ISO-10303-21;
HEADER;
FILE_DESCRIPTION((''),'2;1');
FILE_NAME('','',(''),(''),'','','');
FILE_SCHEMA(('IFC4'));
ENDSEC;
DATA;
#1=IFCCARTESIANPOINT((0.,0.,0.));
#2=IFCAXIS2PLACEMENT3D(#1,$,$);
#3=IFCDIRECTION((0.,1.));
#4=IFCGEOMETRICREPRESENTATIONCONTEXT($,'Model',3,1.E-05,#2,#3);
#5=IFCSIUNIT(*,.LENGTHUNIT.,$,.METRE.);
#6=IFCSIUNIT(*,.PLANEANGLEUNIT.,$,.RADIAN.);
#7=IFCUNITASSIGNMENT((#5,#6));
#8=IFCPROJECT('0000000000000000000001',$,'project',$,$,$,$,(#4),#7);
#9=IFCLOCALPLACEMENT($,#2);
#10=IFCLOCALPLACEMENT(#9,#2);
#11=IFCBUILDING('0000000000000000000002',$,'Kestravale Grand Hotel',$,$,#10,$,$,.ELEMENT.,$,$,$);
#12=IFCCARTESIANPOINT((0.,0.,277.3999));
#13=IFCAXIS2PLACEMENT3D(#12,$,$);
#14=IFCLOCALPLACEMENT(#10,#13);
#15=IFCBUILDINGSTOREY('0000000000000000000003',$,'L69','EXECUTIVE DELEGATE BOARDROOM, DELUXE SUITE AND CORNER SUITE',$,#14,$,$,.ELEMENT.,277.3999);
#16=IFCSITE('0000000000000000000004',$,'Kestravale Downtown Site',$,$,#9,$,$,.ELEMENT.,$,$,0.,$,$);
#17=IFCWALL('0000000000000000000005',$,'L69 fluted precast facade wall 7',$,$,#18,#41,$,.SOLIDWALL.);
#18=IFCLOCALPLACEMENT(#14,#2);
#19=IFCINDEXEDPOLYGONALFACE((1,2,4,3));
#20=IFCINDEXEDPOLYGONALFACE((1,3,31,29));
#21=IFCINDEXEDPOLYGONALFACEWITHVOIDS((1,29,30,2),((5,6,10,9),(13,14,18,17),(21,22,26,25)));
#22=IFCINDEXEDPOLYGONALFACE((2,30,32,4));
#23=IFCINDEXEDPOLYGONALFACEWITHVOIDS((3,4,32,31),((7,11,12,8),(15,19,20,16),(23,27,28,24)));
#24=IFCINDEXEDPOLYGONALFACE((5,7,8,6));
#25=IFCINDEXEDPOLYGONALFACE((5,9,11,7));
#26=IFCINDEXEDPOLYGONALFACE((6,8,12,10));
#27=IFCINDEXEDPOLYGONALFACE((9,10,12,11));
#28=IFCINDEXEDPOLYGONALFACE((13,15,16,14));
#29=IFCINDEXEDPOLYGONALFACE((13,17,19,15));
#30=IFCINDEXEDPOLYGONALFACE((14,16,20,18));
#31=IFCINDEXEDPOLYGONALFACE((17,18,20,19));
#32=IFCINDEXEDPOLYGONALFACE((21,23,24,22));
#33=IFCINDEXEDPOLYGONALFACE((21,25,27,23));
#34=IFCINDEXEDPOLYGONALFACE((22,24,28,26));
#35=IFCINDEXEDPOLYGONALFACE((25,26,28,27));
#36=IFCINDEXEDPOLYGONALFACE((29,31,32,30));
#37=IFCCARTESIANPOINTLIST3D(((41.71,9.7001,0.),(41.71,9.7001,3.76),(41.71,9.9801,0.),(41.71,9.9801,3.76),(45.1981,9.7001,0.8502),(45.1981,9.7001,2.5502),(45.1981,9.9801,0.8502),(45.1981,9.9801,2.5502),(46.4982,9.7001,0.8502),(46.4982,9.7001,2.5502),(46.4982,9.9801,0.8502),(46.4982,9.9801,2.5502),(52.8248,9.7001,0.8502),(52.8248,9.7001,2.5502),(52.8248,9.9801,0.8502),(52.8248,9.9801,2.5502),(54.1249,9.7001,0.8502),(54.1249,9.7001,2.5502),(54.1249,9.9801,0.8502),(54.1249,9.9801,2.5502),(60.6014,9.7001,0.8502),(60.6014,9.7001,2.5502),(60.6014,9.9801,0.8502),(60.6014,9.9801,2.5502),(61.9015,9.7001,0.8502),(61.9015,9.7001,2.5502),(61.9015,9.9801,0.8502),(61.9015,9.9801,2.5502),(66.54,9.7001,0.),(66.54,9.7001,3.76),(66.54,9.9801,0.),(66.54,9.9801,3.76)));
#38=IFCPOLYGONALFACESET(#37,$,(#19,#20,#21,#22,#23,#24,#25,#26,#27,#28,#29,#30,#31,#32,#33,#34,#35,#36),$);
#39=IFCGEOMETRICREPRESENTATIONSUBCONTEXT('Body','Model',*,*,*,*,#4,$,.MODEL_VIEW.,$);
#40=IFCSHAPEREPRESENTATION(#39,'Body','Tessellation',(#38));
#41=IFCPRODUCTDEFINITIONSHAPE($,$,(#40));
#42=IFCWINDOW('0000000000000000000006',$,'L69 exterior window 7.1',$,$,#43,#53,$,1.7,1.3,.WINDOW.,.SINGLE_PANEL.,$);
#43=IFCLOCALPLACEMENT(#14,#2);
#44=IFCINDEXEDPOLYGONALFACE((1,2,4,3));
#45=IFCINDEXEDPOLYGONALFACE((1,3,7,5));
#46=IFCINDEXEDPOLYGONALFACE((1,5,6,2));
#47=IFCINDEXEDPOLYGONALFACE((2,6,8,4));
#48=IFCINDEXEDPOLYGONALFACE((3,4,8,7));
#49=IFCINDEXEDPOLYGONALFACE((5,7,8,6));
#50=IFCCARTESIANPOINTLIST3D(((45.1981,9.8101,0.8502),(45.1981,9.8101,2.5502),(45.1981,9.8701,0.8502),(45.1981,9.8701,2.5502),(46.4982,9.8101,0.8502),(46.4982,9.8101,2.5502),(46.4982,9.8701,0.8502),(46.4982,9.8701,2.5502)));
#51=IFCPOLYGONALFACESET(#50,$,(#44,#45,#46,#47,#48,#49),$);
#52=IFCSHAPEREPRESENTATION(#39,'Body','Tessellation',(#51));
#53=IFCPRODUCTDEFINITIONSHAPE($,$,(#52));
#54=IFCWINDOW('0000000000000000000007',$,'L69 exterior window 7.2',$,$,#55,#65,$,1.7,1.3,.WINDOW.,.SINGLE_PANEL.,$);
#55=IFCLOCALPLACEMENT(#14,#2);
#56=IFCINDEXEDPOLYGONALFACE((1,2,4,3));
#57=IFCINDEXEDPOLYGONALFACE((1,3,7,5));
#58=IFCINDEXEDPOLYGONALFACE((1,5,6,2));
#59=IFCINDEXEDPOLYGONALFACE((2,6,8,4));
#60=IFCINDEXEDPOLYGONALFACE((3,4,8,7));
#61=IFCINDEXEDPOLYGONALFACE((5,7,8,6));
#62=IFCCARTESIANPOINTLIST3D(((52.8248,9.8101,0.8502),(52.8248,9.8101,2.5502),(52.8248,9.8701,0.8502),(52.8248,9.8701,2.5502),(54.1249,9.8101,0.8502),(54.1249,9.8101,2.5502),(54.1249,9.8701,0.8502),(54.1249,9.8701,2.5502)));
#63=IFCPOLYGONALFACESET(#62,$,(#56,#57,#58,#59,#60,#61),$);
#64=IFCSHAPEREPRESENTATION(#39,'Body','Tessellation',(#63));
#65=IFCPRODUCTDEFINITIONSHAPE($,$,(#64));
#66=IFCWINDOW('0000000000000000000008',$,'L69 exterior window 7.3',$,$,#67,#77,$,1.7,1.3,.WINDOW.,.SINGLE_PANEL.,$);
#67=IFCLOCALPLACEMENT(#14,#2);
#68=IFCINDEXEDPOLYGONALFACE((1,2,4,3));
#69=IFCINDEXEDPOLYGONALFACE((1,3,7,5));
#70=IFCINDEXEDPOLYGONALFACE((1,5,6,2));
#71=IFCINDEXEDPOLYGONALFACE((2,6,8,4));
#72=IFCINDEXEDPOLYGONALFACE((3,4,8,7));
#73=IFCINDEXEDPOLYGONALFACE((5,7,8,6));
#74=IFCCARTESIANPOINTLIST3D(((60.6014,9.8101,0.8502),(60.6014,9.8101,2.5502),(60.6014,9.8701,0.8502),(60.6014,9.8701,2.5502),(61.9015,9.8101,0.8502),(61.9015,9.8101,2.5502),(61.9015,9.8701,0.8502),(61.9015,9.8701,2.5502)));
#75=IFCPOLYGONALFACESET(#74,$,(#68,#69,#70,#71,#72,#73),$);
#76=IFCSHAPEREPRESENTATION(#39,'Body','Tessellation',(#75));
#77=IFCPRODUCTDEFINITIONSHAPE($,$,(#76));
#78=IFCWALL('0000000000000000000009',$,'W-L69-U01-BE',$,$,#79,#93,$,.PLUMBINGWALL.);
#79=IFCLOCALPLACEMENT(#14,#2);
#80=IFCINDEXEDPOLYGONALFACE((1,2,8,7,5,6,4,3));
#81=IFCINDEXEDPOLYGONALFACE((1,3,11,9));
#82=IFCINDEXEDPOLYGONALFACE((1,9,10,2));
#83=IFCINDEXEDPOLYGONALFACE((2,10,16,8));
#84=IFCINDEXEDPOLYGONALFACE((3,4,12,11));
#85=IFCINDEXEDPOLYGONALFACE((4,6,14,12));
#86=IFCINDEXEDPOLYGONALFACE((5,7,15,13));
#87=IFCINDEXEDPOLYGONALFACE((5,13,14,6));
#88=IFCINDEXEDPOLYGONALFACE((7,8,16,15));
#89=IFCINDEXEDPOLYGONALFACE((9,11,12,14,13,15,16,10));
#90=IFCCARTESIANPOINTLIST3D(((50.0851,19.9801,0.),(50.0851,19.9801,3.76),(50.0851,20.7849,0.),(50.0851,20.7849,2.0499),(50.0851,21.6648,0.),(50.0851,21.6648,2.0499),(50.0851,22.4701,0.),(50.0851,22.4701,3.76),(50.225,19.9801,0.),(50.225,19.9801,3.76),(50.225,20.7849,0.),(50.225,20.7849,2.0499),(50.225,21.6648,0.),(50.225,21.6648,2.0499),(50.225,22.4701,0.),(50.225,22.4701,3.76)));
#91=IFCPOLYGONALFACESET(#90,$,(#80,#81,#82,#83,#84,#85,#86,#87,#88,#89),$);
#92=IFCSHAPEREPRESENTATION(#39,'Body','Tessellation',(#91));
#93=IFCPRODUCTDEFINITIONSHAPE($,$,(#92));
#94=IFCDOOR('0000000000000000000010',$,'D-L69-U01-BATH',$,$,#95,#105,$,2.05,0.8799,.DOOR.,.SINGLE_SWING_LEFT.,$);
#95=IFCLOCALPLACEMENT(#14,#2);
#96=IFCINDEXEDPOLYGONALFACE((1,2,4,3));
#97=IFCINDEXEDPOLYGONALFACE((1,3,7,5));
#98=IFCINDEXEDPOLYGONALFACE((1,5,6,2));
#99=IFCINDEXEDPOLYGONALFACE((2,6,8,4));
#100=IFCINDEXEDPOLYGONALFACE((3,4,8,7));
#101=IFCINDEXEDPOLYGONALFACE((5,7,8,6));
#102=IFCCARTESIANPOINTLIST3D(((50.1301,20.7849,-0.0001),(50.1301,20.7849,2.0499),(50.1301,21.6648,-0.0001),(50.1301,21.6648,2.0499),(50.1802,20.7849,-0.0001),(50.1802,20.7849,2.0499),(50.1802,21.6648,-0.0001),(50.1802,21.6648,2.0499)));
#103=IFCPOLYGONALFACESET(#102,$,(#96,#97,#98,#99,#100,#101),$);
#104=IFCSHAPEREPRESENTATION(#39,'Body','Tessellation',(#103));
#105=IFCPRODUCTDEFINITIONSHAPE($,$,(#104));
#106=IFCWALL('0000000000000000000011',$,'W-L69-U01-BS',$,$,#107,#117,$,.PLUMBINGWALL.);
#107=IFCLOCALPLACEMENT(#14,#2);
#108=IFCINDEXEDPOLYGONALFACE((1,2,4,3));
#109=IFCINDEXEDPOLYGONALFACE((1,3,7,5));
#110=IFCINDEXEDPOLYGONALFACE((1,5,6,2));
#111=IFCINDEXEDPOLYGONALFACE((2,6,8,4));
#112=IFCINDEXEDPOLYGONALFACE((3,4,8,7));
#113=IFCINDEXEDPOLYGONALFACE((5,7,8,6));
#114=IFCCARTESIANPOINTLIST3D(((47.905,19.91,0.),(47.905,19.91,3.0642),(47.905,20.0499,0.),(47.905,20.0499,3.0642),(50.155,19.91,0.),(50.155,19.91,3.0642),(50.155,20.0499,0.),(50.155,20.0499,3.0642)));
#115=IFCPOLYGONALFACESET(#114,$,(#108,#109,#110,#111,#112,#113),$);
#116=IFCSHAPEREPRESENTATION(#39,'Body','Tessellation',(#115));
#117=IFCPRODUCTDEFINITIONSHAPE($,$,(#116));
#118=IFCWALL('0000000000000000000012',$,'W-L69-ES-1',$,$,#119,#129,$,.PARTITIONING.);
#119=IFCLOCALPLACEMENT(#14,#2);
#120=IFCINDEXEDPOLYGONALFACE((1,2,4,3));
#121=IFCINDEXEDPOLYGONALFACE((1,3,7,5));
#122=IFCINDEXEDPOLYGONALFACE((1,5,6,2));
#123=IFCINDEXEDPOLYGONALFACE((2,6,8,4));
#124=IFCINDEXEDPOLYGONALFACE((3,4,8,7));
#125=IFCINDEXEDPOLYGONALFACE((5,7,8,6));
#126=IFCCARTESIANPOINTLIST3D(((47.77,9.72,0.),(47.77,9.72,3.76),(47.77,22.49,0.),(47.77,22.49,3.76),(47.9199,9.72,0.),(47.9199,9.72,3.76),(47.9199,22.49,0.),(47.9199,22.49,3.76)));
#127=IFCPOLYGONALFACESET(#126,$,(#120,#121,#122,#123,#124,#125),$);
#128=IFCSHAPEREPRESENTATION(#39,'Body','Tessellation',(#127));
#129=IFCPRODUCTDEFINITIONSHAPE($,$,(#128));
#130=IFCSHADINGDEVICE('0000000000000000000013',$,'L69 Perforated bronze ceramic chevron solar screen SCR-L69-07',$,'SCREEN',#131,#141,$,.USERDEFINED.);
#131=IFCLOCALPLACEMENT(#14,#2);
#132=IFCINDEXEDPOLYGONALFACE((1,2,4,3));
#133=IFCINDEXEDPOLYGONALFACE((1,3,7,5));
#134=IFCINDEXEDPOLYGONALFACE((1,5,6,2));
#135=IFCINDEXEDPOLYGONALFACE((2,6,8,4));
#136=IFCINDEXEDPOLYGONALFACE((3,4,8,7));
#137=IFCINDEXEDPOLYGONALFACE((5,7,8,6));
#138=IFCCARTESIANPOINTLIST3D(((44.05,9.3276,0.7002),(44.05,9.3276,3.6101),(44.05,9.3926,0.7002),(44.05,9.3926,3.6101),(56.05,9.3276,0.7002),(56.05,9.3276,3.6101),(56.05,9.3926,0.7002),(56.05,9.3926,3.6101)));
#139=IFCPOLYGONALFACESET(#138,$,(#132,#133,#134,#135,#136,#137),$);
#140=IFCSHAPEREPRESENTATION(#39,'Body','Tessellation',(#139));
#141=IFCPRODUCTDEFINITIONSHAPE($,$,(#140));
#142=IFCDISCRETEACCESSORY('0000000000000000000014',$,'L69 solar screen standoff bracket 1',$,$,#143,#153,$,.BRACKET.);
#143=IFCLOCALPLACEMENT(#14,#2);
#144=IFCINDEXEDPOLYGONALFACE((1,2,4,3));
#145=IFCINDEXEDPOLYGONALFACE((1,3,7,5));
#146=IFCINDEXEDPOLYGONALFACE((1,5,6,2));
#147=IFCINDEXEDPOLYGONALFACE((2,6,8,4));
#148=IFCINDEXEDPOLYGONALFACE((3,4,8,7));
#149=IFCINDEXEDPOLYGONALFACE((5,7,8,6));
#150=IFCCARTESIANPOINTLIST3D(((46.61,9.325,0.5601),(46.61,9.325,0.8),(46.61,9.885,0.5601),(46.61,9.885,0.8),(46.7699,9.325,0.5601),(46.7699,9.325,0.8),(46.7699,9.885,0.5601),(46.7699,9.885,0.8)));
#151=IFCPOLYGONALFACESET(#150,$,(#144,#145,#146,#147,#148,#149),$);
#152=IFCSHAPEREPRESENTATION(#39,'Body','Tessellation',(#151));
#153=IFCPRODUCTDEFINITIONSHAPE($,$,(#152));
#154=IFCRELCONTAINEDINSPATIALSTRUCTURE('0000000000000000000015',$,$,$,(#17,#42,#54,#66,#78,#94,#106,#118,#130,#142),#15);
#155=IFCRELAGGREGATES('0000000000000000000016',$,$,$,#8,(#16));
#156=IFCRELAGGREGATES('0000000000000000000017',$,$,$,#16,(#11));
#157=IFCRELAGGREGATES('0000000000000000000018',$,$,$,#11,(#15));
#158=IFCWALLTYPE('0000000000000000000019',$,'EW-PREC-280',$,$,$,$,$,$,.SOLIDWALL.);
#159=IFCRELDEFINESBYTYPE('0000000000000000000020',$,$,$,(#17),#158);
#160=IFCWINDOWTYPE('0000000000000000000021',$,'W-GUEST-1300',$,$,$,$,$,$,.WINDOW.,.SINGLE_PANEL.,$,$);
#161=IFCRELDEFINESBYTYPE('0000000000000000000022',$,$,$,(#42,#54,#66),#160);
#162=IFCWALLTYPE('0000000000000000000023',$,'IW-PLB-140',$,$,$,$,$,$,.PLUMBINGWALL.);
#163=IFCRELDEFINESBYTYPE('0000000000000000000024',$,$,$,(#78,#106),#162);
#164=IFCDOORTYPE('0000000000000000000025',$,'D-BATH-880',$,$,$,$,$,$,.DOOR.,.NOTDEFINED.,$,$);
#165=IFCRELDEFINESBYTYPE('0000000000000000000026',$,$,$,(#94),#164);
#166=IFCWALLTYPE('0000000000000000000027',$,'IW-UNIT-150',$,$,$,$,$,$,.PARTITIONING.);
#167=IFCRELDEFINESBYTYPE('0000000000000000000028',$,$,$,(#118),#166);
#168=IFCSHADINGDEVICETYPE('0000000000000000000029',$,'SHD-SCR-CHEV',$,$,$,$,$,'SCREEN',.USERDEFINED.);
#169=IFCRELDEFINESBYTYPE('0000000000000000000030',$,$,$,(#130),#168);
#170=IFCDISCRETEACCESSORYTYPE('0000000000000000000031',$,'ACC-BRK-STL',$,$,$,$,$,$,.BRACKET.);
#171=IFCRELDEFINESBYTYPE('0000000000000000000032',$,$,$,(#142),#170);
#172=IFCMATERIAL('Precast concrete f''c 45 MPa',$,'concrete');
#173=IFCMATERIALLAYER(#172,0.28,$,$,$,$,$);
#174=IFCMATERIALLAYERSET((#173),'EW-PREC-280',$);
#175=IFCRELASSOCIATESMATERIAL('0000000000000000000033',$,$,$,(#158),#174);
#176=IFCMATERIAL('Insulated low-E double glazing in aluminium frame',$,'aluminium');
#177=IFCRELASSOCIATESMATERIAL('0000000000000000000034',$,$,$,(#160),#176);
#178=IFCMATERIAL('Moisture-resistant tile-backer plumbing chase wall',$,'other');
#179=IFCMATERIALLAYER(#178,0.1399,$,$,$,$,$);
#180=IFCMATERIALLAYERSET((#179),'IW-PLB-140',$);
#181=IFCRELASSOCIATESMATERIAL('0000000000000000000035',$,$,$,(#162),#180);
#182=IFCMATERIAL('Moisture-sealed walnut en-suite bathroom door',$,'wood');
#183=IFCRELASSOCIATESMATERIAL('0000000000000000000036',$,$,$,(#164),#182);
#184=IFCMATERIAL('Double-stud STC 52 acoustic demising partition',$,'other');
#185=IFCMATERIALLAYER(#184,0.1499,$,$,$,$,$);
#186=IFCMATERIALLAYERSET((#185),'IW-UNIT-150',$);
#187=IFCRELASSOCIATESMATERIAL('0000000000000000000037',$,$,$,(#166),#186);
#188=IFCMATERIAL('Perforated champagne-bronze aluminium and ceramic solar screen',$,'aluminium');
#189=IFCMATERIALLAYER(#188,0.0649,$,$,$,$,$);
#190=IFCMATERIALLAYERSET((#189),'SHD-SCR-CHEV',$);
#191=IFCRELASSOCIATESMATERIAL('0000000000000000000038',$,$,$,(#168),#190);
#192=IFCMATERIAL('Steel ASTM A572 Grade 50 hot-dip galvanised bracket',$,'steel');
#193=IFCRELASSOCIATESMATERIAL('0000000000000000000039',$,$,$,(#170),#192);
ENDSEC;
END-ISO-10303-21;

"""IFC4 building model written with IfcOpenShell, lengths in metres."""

from ifc_helpers import new_model, si_unit, direction, frame, frame_2d, origin, origin_2d, place, context, subcontext, project, spatial, rectangle, extrude, material, layer, layer_set, type_object, element, fill, save


model = new_model("IFC4")

# Units and contexts
model_context = context("Model", 3, precision=1e-05, world=origin(), true_north=direction((0.0, 1.0)))
body_context = subcontext(model_context, "Body", "Model", "MODEL_VIEW")
ifc_project = project(units=[si_unit("LENGTHUNIT", "METRE"), si_unit("PLANEANGLEUNIT", "RADIAN")], contexts=[model_context])

# Site, building, storey
site_placement = place(None, origin())
site = spatial("IfcSite", under=ifc_project, at=site_placement, Name="Kestravale Downtown Site", CompositionType="ELEMENT", RefElevation=0.0)
building_placement = place(site_placement, origin())
building = spatial("IfcBuilding", under=site, at=building_placement, Name="Kestravale Grand Hotel", CompositionType="ELEMENT")
storey_placement = place(building_placement, frame((0.0, 0.0, 277.3999)))
storey = spatial("IfcBuildingStorey", under=building, at=storey_placement, Name="L69", Description="EXECUTIVE DELEGATE BOARDROOM, DELUXE SUITE AND CORNER SUITE", CompositionType="ELEMENT", Elevation=277.3999)

# Shared definitions
ifc_material_1 = material(Name="Precast concrete f'c 45 MPa", Category="concrete")
ifc_layer_1 = layer(ifc_material_1, 0.28)
ifc_layer_set_1 = layer_set([ifc_layer_1], Name="EW-PREC-280")
wall_type_1 = type_object("IfcWallType", Name="EW-PREC-280", PredefinedType="SOLIDWALL", material=ifc_layer_set_1)

# Shared definitions
ifc_material_2 = material(Name="Insulated low-E double glazing in aluminium frame", Category="aluminium")
window_type = type_object("IfcWindowType", Name="W-GUEST-1300", PartitioningType="SINGLE_PANEL", PredefinedType="WINDOW", material=ifc_material_2)

# Wall, openings, windows
wall_1_placement = place(storey_placement, frame((41.71, 9.8401, 0.0), z_axis=(0.0, 0.0, 1.0), x_axis=(1.0, 0.0, 0.0)))
wall_1 = element("IfcWall", 1, at=wall_1_placement, inside=storey, type_object=wall_type_1, Name="L69 fluted precast facade wall 7", PredefinedType="SOLIDWALL", context=body_context, shape_type="SweptSolid", body=[
    extrude(rectangle(XDim=24.8301, YDim=0.28, at=frame_2d((12.415, 0.0))), origin(), (0.0, 0.0, 1.0), 3.76),
])
opening_1_placement = place(wall_1_placement, frame((3.4883, 0.0, 0.8501)))
opening_1 = element("IfcOpeningElement", 2, at=opening_1_placement, cuts=wall_1, PredefinedType="OPENING", context=body_context, shape_type="SweptSolid", body=[
    extrude(rectangle(XDim=1.3, YDim=1.7, at=frame_2d((0.6499, 0.8501))), frame((0.0, 0.1499, 0.0), z_axis=(0.0, -1.0, 0.0), x_axis=(1.0, 0.0, 0.0)), (0.0, 0.0, 1.0), 0.3),
])
opening_2_placement = place(wall_1_placement, frame((11.115, 0.0, 0.8501)))
opening_2 = element("IfcOpeningElement", 3, at=opening_2_placement, cuts=wall_1, PredefinedType="OPENING", context=body_context, shape_type="SweptSolid", body=[
    extrude(rectangle(XDim=1.3, YDim=1.7, at=frame_2d((0.6499, 0.8501))), frame((0.0, 0.1499, 0.0), z_axis=(0.0, -1.0, 0.0), x_axis=(1.0, 0.0, 0.0)), (0.0, 0.0, 1.0), 0.3),
])
opening_3_placement = place(wall_1_placement, frame((18.8916, 0.0, 0.8501)))
opening_3 = element("IfcOpeningElement", 4, at=opening_3_placement, cuts=wall_1, PredefinedType="OPENING", context=body_context, shape_type="SweptSolid", body=[
    extrude(rectangle(XDim=1.3, YDim=1.7, at=frame_2d((0.6499, 0.8501))), frame((0.0, 0.1499, 0.0), z_axis=(0.0, -1.0, 0.0), x_axis=(1.0, 0.0, 0.0)), (0.0, 0.0, 1.0), 0.3),
])
window_1_placement = place(opening_1_placement, origin())
window_1 = element("IfcWindow", 5, at=window_1_placement, inside=storey, type_object=window_type, Name="L69 exterior window 7.1", OverallHeight=1.7, OverallWidth=1.3, PartitioningType="SINGLE_PANEL", PredefinedType="WINDOW", context=body_context, shape_type="SweptSolid", body=[
    extrude(rectangle(XDim=1.3, YDim=1.7, at=frame_2d((0.6499, 0.8501))), frame((0.0, 0.03, 0.0), z_axis=(0.0, -1.0, 0.0), x_axis=(1.0, 0.0, 0.0)), (0.0, 0.0, 1.0), 0.0601),
])
fill(opening_1, window_1)
window_2_placement = place(opening_2_placement, origin())
window_2 = element("IfcWindow", 6, at=window_2_placement, inside=storey, type_object=window_type, Name="L69 exterior window 7.2", OverallHeight=1.7, OverallWidth=1.3, PartitioningType="SINGLE_PANEL", PredefinedType="WINDOW", context=body_context, shape_type="SweptSolid", body=[
    extrude(rectangle(XDim=1.3, YDim=1.7, at=frame_2d((0.6499, 0.8501))), frame((0.0, 0.03, 0.0), z_axis=(0.0, -1.0, 0.0), x_axis=(1.0, 0.0, 0.0)), (0.0, 0.0, 1.0), 0.0601),
])
fill(opening_2, window_2)
window_3_placement = place(opening_3_placement, origin())
window_3 = element("IfcWindow", 7, at=window_3_placement, inside=storey, type_object=window_type, Name="L69 exterior window 7.3", OverallHeight=1.7, OverallWidth=1.3, PartitioningType="SINGLE_PANEL", PredefinedType="WINDOW", context=body_context, shape_type="SweptSolid", body=[
    extrude(rectangle(XDim=1.3, YDim=1.7, at=frame_2d((0.6499, 0.8501))), frame((0.0, 0.03, 0.0), z_axis=(0.0, -1.0, 0.0), x_axis=(1.0, 0.0, 0.0)), (0.0, 0.0, 1.0), 0.0601),
])
fill(opening_3, window_3)

# Wall, opening, door
ifc_material_3 = material(Name="Moisture-resistant tile-backer plumbing chase wall", Category="other")
ifc_layer_2 = layer(ifc_material_3, 0.1399)
ifc_layer_set_2 = layer_set([ifc_layer_2], Name="IW-PLB-140")
wall_type_2 = type_object("IfcWallType", Name="IW-PLB-140", PredefinedType="PLUMBINGWALL", material=ifc_layer_set_2)
wall_2_placement = place(storey_placement, frame((50.155, 19.98, 0.0), z_axis=(0.0, 0.0, 1.0), x_axis=(0.0, 1.0, 0.0)))
wall_2 = element("IfcWall", 8, at=wall_2_placement, inside=storey, type_object=wall_type_2, Name="W-L69-U01-BE", PredefinedType="PLUMBINGWALL", context=body_context, shape_type="SweptSolid", body=[
    extrude(rectangle(XDim=2.49, YDim=0.1399, at=frame_2d((1.2451, 0.0))), origin(), (0.0, 0.0, 1.0), 3.76),
])
opening_4_placement = place(wall_2_placement, frame((0.8049, 0.0, 0.0)))
opening_4 = element("IfcOpeningElement", 9, at=opening_4_placement, cuts=wall_2, PredefinedType="OPENING", context=body_context, shape_type="SweptSolid", body=[
    extrude(rectangle(XDim=0.8799, YDim=2.05, at=frame_2d((0.4399, 1.0249))), frame((0.0, 0.0798, 0.0), z_axis=(0.0, -1.0, 0.0), x_axis=(1.0, 0.0, 0.0)), (0.0, 0.0, 1.0), 0.1599),
])
ifc_material_4 = material(Name="Moisture-sealed walnut en-suite bathroom door", Category="wood")
door_type = type_object("IfcDoorType", Name="D-BATH-880", OperationType="NOTDEFINED", PredefinedType="DOOR", material=ifc_material_4)
door_placement = place(opening_4_placement, origin())
door = element("IfcDoor", 10, at=door_placement, inside=storey, type_object=door_type, Name="D-L69-U01-BATH", OperationType="SINGLE_SWING_LEFT", OverallHeight=2.05, OverallWidth=0.8799, PredefinedType="DOOR", context=body_context, shape_type="SweptSolid", body=[
    extrude(rectangle(XDim=0.8799, YDim=2.05, at=frame_2d((0.4399, 1.0249))), frame((0.0, 0.0249, 0.0), z_axis=(0.0, -1.0, 0.0), x_axis=(1.0, 0.0, 0.0)), (0.0, 0.0, 1.0), 0.05),
])
fill(opening_4, door)

# Walls
wall_3_placement = place(storey_placement, frame((47.905, 19.98, 0.0), z_axis=(0.0, 0.0, 1.0), x_axis=(1.0, 0.0, 0.0)))
element("IfcWall", 11, at=wall_3_placement, inside=storey, type_object=wall_type_2, Name="W-L69-U01-BS", PredefinedType="PLUMBINGWALL", context=body_context, shape_type="SweptSolid", body=[
    extrude(rectangle(XDim=2.25, YDim=0.1399, at=frame_2d((1.125, 0.0))), origin(), (0.0, 0.0, 1.0), 3.0642),
])
ifc_material_5 = material(Name="Double-stud STC 52 acoustic demising partition", Category="other")
ifc_layer_3 = layer(ifc_material_5, 0.1499)
ifc_layer_set_3 = layer_set([ifc_layer_3], Name="IW-UNIT-150")
wall_type_3 = type_object("IfcWallType", Name="IW-UNIT-150", PredefinedType="PARTITIONING", material=ifc_layer_set_3)
wall_4_placement = place(storey_placement, frame((47.845, 9.72, 0.0), z_axis=(0.0, 0.0, 1.0), x_axis=(0.0, 1.0, 0.0)))
element("IfcWall", 12, at=wall_4_placement, inside=storey, type_object=wall_type_3, Name="W-L69-ES-1", PredefinedType="PARTITIONING", context=body_context, shape_type="SweptSolid", body=[
    extrude(rectangle(XDim=12.77, YDim=0.1499, at=frame_2d((6.385, 0.0))), origin(), (0.0, 0.0, 1.0), 3.76),
])

# Shading device
ifc_material_6 = material(Name="Perforated champagne-bronze aluminium and ceramic solar screen", Category="aluminium")
ifc_layer_4 = layer(ifc_material_6, 0.0649)
ifc_layer_set_4 = layer_set([ifc_layer_4], Name="SHD-SCR-CHEV")
shading_device_type = type_object("IfcShadingDeviceType", Name="SHD-SCR-CHEV", ElementType="SCREEN", PredefinedType="USERDEFINED", material=ifc_layer_set_4)
shading_device_placement = place(storey_placement, frame((50.05, 9.3601, 0.7002), z_axis=(0.0, 0.0, 1.0), x_axis=(1.0, 0.0, 0.0)))
element("IfcShadingDevice", 13, at=shading_device_placement, inside=storey, type_object=shading_device_type, Name="L69 Perforated bronze ceramic chevron solar screen SCR-L69-07", ObjectType="SCREEN", PredefinedType="USERDEFINED", context=body_context, shape_type="SweptSolid", body=[
    extrude(rectangle(XDim=12.0, YDim=0.0649, at=origin_2d()), origin(), (0.0, 0.0, 1.0), 2.9099),
])

# Discrete accessory
ifc_material_7 = material(Name="Steel ASTM A572 Grade 50 hot-dip galvanised bracket", Category="steel")
discrete_accessory_type = type_object("IfcDiscreteAccessoryType", Name="ACC-BRK-STL", PredefinedType="BRACKET", material=ifc_material_7)
discrete_accessory_placement = place(storey_placement, frame((46.6899, 9.605, 0.5601), z_axis=(0.0, 0.0, 1.0), x_axis=(1.0, 0.0, 0.0)))
element("IfcDiscreteAccessory", 14, at=discrete_accessory_placement, inside=storey, type_object=discrete_accessory_type, Name="L69 solar screen standoff bracket 1", PredefinedType="BRACKET", context=body_context, shape_type="SweptSolid", body=[
    extrude(rectangle(XDim=0.1599, YDim=0.5601, at=origin_2d()), origin(), (0.0, 0.0, 1.0), 0.24),
])

save(model, "model.ifc")
